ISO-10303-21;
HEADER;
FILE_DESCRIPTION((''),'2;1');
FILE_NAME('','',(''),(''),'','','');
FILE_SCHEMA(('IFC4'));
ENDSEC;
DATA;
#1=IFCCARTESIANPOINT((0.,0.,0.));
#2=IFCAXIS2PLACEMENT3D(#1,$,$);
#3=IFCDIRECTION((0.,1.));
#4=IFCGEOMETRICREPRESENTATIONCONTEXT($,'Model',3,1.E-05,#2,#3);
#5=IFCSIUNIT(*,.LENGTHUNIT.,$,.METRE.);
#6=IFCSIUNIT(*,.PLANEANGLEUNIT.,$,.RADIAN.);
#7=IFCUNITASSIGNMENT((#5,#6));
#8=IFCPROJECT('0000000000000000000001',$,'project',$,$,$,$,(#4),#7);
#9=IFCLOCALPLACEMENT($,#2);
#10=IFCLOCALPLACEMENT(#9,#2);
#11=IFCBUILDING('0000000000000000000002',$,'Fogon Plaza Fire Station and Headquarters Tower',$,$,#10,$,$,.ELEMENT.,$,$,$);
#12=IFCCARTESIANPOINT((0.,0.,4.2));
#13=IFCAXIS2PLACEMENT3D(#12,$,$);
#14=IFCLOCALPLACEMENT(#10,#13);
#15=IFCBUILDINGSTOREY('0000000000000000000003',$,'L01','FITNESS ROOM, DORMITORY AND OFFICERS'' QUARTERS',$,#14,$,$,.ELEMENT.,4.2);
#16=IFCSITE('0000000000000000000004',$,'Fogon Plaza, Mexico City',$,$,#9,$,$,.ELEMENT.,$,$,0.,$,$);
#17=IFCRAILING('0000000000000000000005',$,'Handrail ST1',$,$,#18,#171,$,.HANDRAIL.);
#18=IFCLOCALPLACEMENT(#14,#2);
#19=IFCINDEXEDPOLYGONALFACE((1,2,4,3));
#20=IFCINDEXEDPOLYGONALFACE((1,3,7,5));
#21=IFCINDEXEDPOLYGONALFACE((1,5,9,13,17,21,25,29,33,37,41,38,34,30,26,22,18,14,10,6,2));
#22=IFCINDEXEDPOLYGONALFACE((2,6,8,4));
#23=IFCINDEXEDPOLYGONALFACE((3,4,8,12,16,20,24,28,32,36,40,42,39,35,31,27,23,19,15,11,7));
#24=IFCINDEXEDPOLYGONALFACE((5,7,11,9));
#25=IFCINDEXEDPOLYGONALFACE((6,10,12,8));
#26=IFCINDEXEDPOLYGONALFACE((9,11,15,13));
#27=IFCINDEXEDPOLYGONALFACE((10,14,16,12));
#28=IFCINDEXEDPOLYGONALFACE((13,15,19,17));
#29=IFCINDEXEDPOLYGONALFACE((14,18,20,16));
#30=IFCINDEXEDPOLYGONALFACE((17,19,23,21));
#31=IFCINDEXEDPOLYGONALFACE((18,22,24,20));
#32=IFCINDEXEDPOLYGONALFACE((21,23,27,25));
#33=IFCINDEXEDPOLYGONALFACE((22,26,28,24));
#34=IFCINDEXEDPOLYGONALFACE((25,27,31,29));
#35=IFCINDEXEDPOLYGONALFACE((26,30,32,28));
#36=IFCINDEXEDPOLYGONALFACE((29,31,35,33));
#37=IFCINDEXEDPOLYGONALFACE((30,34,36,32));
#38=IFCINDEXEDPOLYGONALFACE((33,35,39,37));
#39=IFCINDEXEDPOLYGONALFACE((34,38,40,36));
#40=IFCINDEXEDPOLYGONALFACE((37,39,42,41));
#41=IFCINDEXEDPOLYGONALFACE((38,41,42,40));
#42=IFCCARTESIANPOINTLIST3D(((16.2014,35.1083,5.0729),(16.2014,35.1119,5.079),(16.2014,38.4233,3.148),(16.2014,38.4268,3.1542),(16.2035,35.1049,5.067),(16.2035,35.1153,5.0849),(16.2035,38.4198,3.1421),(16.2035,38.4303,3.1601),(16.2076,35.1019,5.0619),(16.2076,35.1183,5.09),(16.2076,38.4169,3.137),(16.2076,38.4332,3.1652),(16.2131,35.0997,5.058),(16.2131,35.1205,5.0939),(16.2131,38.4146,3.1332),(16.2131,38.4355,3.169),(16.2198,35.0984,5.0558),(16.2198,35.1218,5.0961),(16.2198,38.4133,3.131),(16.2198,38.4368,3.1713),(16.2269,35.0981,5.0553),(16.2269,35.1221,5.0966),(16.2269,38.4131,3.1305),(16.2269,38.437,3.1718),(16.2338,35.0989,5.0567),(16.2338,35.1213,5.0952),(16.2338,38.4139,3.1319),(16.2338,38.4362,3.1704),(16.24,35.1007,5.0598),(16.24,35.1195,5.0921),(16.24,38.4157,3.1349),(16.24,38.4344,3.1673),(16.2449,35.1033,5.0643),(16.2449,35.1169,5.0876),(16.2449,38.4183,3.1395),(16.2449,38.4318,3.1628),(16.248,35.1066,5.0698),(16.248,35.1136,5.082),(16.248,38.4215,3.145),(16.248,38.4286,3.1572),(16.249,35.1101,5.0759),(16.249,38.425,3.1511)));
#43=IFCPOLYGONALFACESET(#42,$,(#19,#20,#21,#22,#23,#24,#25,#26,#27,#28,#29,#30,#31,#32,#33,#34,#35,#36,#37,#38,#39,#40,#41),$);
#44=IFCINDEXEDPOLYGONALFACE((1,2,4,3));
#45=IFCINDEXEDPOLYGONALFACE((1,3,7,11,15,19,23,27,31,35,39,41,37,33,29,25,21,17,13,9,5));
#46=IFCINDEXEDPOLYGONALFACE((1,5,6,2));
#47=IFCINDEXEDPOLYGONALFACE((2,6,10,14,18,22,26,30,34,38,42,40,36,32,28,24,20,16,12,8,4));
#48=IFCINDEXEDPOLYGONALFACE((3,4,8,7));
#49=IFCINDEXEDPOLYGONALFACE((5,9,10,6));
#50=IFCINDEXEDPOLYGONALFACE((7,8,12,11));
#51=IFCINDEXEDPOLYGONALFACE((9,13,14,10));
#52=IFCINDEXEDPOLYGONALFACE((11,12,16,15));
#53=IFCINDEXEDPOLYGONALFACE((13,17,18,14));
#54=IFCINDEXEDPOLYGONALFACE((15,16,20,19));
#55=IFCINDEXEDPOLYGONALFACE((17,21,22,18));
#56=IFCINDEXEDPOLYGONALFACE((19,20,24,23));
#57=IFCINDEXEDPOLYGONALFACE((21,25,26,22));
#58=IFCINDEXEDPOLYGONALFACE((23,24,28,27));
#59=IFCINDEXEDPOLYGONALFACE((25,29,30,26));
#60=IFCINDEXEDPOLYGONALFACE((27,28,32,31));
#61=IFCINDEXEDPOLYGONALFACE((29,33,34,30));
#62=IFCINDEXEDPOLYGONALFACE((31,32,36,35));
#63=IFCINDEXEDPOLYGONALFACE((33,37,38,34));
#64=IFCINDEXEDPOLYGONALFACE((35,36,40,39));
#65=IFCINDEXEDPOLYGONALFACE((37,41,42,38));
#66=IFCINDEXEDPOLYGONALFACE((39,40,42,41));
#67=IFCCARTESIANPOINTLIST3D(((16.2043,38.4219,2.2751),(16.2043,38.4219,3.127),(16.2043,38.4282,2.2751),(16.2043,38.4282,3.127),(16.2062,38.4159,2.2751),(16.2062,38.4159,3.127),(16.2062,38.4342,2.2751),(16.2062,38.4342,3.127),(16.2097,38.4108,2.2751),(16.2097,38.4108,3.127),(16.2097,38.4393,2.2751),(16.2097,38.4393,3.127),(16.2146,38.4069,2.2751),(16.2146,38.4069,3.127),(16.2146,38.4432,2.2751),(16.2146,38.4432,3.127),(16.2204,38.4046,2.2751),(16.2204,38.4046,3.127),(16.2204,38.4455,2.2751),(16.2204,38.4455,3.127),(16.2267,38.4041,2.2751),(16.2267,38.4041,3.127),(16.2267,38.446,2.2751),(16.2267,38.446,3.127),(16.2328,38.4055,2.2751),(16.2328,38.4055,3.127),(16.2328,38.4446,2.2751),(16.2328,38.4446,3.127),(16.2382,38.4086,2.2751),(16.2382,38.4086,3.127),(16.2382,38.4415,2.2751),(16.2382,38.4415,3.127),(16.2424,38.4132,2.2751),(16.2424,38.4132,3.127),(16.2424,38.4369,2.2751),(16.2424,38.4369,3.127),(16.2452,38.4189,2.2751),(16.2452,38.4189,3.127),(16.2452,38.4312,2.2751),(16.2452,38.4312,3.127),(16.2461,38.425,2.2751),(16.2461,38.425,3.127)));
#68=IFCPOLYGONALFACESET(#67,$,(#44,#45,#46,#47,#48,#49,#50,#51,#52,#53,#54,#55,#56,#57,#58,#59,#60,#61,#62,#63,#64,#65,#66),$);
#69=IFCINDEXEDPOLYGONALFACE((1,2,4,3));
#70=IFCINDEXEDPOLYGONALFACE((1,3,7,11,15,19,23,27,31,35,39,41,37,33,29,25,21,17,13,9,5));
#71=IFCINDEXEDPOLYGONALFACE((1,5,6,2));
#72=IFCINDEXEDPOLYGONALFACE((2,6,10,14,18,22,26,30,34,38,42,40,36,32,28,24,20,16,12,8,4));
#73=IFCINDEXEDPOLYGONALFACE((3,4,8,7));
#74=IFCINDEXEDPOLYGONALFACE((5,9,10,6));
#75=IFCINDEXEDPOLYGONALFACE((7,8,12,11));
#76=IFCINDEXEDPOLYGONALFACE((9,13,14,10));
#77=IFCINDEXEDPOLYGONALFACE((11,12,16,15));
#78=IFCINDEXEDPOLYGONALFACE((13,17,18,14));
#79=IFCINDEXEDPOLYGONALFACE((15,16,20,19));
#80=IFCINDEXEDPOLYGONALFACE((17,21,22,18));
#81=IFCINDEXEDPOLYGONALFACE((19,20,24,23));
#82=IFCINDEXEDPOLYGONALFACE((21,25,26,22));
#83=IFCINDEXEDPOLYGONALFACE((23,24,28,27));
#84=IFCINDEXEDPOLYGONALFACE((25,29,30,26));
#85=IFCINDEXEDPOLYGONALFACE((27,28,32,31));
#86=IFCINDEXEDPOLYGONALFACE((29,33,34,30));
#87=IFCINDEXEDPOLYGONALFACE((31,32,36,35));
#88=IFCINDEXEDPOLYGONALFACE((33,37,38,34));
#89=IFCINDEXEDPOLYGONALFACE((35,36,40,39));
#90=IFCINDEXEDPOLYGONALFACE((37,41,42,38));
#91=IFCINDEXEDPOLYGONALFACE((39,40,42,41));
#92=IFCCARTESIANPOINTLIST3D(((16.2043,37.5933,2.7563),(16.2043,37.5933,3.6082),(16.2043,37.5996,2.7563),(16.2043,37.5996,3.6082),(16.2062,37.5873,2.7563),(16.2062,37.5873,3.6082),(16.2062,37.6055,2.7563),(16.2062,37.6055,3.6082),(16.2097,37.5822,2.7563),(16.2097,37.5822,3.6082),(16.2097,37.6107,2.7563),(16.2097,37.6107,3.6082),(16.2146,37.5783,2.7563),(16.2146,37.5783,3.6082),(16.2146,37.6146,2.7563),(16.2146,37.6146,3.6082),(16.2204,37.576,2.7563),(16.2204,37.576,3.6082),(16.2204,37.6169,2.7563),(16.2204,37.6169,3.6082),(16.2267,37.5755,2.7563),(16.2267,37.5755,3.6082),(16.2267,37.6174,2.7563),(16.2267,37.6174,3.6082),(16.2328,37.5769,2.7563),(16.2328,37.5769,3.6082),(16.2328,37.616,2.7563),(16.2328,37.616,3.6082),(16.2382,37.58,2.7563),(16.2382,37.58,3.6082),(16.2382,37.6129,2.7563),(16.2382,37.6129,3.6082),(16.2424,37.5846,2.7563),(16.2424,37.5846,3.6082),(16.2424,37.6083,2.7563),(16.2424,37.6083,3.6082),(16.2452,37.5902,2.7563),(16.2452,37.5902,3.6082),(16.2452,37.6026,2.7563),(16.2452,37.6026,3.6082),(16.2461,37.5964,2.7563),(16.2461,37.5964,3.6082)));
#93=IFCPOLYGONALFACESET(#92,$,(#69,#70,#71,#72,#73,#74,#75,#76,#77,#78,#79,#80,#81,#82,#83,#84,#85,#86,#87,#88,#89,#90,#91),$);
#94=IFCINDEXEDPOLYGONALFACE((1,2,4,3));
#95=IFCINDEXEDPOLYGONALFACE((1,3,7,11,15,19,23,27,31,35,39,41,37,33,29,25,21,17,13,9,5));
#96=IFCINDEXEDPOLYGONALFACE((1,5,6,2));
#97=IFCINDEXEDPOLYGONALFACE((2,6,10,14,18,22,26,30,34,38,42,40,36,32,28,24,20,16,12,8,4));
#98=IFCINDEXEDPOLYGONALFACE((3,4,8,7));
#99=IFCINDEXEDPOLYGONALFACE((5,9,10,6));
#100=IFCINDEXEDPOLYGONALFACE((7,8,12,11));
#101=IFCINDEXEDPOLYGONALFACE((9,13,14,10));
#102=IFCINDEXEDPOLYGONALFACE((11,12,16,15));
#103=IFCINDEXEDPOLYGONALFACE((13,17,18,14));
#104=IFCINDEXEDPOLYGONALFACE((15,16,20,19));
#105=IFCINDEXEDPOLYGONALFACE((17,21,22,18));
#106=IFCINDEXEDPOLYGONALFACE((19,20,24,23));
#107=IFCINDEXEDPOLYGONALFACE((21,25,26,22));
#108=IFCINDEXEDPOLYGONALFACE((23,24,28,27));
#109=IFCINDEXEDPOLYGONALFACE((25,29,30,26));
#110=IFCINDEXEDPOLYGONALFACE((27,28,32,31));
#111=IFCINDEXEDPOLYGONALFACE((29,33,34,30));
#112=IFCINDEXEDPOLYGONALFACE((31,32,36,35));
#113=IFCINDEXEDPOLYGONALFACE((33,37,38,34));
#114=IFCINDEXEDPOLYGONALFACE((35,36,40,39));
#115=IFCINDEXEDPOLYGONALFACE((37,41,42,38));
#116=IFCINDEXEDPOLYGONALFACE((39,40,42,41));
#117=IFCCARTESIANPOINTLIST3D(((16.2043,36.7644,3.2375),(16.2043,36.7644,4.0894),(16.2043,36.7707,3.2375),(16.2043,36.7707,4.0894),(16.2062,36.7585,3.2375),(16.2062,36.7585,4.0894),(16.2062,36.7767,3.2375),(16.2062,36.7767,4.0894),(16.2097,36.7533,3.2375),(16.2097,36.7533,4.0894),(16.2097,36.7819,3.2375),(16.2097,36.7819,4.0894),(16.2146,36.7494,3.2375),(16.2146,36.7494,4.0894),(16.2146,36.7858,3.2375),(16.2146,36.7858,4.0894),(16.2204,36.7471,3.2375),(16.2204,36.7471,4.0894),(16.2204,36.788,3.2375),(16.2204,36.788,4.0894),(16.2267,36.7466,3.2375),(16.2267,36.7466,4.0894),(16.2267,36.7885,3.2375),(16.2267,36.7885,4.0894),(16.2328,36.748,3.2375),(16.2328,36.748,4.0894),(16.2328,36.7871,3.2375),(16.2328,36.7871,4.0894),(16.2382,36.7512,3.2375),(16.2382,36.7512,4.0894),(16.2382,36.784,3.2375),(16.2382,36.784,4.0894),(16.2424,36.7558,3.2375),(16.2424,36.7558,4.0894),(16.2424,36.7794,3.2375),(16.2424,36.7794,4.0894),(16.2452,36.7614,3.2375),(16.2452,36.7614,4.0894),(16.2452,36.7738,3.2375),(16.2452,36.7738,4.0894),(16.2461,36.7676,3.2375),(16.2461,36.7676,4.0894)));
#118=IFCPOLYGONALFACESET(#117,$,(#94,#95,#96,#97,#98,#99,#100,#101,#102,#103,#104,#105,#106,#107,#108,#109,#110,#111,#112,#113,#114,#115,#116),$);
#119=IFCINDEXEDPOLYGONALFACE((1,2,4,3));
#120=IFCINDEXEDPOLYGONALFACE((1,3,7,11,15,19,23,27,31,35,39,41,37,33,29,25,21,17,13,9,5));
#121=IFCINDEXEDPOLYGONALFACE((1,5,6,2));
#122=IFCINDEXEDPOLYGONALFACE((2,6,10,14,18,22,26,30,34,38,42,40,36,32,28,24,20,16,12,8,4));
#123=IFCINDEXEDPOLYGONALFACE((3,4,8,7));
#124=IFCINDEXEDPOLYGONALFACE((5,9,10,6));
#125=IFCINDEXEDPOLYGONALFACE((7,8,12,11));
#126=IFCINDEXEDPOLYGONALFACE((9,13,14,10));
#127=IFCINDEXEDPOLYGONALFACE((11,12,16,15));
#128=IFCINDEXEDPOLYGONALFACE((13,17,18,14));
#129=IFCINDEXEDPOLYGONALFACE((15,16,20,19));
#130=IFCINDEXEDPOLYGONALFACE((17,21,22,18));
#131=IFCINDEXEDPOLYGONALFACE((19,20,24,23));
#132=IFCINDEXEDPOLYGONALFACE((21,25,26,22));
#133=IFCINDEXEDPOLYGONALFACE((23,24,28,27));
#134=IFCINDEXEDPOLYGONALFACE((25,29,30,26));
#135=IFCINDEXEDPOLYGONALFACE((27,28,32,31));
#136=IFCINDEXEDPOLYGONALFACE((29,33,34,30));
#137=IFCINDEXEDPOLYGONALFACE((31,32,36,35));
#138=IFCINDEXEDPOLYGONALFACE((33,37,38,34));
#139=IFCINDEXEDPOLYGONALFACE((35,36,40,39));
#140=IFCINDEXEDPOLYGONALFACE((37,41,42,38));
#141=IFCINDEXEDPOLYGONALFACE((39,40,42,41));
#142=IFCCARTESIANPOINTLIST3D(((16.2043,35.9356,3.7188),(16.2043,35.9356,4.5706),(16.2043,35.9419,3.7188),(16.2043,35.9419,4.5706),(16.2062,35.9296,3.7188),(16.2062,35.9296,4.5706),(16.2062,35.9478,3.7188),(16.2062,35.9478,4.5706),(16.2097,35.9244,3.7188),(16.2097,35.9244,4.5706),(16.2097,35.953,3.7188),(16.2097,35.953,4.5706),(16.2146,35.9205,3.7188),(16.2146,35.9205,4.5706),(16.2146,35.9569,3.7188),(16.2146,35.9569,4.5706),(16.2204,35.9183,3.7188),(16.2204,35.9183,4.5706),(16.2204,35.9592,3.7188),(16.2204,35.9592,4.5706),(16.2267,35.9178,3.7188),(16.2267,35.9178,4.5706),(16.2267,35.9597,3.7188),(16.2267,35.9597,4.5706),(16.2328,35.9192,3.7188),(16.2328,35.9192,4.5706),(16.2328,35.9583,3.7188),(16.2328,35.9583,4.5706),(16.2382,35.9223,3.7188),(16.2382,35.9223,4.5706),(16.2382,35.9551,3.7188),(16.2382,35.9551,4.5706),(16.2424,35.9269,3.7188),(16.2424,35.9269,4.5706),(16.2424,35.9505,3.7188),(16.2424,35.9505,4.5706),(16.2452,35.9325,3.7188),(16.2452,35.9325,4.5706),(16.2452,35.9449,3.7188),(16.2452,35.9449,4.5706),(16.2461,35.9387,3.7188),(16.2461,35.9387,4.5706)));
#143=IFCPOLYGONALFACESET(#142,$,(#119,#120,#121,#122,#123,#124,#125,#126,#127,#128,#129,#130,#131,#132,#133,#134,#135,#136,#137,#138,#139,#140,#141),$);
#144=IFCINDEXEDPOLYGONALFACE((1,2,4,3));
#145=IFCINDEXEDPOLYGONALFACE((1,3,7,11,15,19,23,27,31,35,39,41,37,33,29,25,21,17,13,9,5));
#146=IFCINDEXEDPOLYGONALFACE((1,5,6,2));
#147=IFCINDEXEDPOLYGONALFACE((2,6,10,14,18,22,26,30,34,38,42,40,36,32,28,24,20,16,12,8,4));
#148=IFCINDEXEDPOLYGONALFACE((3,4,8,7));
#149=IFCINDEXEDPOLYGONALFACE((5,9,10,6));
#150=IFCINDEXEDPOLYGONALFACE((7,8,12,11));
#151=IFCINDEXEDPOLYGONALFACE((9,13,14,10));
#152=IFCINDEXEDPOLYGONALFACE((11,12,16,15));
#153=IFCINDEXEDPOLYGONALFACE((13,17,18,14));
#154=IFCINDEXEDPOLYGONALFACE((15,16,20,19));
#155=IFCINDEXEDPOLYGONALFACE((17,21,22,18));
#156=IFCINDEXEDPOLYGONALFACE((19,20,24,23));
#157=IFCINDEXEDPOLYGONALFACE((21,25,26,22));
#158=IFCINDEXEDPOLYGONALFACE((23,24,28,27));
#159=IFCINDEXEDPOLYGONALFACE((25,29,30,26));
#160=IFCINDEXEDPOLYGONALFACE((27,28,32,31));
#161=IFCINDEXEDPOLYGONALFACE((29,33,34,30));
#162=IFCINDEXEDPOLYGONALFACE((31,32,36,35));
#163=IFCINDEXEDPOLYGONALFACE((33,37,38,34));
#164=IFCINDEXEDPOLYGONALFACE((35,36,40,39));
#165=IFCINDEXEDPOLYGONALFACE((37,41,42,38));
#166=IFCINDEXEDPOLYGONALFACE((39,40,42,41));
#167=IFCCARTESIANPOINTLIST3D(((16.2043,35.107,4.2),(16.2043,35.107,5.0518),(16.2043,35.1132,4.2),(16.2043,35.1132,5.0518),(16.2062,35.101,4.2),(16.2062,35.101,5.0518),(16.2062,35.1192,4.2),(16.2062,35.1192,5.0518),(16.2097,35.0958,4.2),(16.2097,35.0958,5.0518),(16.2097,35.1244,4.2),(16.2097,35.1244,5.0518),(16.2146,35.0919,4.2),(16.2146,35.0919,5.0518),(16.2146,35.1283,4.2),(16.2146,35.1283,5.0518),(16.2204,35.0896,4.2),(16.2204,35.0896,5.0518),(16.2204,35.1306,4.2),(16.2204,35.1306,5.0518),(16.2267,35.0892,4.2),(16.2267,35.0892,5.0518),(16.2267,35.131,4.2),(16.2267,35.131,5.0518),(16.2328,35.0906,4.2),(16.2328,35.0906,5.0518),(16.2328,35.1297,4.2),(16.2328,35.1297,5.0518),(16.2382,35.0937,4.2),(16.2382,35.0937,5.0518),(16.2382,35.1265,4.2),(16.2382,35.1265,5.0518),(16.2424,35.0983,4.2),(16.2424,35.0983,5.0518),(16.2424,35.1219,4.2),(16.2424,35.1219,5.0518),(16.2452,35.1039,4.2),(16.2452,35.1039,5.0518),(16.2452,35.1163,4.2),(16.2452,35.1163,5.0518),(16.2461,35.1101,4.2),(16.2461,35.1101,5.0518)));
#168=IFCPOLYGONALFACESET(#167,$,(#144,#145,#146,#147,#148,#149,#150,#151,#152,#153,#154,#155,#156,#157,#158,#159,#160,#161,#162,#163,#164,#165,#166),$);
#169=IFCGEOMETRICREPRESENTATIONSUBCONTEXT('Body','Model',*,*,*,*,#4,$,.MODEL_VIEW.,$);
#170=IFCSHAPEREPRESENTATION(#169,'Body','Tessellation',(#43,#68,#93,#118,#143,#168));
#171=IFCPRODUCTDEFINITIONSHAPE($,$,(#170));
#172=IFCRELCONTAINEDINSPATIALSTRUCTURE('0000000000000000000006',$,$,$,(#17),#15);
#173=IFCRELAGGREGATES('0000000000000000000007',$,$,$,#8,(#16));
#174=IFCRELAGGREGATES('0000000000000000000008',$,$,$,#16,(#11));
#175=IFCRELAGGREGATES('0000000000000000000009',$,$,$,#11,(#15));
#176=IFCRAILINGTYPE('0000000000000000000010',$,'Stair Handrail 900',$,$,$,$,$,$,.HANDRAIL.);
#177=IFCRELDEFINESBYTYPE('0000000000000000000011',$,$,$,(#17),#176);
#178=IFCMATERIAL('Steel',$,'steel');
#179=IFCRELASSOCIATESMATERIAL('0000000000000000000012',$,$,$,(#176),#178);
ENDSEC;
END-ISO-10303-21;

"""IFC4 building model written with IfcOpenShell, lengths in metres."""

from ifc_helpers import new_model, si_unit, direction, frame, origin, origin_2d, place, context, subcontext, project, spatial, circle, extrude, material, type_object, element, save


model = new_model("IFC4")

# Units and contexts
model_context = context("Model", 3, precision=1e-05, world=origin(), true_north=direction((0.0, 1.0)))
body_context = subcontext(model_context, "Body", "Model", "MODEL_VIEW")
ifc_project = project(units=[si_unit("LENGTHUNIT", "METRE"), si_unit("PLANEANGLEUNIT", "RADIAN")], contexts=[model_context])

# Site, building, storey
site_placement = place(None, origin())
site = spatial("IfcSite", under=ifc_project, at=site_placement, Name="Fogon Plaza, Mexico City", CompositionType="ELEMENT", RefElevation=0.0)
building_placement = place(site_placement, origin())
building = spatial("IfcBuilding", under=site, at=building_placement, Name="Fogon Plaza Fire Station and Headquarters Tower", CompositionType="ELEMENT")
storey_placement = place(building_placement, frame((0.0, 0.0, 4.2)))
storey = spatial("IfcBuildingStorey", under=building, at=storey_placement, Name="L01", Description="FITNESS ROOM, DORMITORY AND OFFICERS' QUARTERS", CompositionType="ELEMENT", Elevation=4.2)

# Railing
ifc_material_1 = material(Name="Steel", Category="steel")
railing_type = type_object("IfcRailingType", Name="Stair Handrail 900", PredefinedType="HANDRAIL", material=ifc_material_1)
for number, where, name in (
    (1, (16.2251, 38.425, 2.2751), "Handrail ST1"),
):
    element("IfcRailing", number, at=place(storey_placement, frame(where)), inside=storey, type_object=railing_type, Name=name, PredefinedType="HANDRAIL", context=body_context, shape_type="SweptSolid", body=[
        extrude(circle(Radius=0.0239, at=origin_2d()), frame((0.0, 0.0, 0.876), z_axis=(0.0, -0.864789, 0.502136), x_axis=(1.0, 0.0, 0.0)), (0.0, 0.0, 1.0), 3.8333),
        extrude(circle(Radius=0.021, at=origin_2d()), origin(), (0.0, 0.0, 1.0), 0.8518),
        extrude(circle(Radius=0.021, at=origin_2d()), frame((0.0, -0.8286, 0.4812)), (0.0, 0.0, 1.0), 0.8518),
        extrude(circle(Radius=0.021, at=origin_2d()), frame((0.0, -1.6575, 0.9624)), (0.0, 0.0, 1.0), 0.8518),
        extrude(circle(Radius=0.021, at=origin_2d()), frame((0.0, -2.4863, 1.4436)), (0.0, 0.0, 1.0), 0.8518),
        extrude(circle(Radius=0.021, at=origin_2d()), frame((0.0, -3.3149, 1.9248)), (0.0, 0.0, 1.0), 0.8518),
    ])

save(model, "model.ifc")
